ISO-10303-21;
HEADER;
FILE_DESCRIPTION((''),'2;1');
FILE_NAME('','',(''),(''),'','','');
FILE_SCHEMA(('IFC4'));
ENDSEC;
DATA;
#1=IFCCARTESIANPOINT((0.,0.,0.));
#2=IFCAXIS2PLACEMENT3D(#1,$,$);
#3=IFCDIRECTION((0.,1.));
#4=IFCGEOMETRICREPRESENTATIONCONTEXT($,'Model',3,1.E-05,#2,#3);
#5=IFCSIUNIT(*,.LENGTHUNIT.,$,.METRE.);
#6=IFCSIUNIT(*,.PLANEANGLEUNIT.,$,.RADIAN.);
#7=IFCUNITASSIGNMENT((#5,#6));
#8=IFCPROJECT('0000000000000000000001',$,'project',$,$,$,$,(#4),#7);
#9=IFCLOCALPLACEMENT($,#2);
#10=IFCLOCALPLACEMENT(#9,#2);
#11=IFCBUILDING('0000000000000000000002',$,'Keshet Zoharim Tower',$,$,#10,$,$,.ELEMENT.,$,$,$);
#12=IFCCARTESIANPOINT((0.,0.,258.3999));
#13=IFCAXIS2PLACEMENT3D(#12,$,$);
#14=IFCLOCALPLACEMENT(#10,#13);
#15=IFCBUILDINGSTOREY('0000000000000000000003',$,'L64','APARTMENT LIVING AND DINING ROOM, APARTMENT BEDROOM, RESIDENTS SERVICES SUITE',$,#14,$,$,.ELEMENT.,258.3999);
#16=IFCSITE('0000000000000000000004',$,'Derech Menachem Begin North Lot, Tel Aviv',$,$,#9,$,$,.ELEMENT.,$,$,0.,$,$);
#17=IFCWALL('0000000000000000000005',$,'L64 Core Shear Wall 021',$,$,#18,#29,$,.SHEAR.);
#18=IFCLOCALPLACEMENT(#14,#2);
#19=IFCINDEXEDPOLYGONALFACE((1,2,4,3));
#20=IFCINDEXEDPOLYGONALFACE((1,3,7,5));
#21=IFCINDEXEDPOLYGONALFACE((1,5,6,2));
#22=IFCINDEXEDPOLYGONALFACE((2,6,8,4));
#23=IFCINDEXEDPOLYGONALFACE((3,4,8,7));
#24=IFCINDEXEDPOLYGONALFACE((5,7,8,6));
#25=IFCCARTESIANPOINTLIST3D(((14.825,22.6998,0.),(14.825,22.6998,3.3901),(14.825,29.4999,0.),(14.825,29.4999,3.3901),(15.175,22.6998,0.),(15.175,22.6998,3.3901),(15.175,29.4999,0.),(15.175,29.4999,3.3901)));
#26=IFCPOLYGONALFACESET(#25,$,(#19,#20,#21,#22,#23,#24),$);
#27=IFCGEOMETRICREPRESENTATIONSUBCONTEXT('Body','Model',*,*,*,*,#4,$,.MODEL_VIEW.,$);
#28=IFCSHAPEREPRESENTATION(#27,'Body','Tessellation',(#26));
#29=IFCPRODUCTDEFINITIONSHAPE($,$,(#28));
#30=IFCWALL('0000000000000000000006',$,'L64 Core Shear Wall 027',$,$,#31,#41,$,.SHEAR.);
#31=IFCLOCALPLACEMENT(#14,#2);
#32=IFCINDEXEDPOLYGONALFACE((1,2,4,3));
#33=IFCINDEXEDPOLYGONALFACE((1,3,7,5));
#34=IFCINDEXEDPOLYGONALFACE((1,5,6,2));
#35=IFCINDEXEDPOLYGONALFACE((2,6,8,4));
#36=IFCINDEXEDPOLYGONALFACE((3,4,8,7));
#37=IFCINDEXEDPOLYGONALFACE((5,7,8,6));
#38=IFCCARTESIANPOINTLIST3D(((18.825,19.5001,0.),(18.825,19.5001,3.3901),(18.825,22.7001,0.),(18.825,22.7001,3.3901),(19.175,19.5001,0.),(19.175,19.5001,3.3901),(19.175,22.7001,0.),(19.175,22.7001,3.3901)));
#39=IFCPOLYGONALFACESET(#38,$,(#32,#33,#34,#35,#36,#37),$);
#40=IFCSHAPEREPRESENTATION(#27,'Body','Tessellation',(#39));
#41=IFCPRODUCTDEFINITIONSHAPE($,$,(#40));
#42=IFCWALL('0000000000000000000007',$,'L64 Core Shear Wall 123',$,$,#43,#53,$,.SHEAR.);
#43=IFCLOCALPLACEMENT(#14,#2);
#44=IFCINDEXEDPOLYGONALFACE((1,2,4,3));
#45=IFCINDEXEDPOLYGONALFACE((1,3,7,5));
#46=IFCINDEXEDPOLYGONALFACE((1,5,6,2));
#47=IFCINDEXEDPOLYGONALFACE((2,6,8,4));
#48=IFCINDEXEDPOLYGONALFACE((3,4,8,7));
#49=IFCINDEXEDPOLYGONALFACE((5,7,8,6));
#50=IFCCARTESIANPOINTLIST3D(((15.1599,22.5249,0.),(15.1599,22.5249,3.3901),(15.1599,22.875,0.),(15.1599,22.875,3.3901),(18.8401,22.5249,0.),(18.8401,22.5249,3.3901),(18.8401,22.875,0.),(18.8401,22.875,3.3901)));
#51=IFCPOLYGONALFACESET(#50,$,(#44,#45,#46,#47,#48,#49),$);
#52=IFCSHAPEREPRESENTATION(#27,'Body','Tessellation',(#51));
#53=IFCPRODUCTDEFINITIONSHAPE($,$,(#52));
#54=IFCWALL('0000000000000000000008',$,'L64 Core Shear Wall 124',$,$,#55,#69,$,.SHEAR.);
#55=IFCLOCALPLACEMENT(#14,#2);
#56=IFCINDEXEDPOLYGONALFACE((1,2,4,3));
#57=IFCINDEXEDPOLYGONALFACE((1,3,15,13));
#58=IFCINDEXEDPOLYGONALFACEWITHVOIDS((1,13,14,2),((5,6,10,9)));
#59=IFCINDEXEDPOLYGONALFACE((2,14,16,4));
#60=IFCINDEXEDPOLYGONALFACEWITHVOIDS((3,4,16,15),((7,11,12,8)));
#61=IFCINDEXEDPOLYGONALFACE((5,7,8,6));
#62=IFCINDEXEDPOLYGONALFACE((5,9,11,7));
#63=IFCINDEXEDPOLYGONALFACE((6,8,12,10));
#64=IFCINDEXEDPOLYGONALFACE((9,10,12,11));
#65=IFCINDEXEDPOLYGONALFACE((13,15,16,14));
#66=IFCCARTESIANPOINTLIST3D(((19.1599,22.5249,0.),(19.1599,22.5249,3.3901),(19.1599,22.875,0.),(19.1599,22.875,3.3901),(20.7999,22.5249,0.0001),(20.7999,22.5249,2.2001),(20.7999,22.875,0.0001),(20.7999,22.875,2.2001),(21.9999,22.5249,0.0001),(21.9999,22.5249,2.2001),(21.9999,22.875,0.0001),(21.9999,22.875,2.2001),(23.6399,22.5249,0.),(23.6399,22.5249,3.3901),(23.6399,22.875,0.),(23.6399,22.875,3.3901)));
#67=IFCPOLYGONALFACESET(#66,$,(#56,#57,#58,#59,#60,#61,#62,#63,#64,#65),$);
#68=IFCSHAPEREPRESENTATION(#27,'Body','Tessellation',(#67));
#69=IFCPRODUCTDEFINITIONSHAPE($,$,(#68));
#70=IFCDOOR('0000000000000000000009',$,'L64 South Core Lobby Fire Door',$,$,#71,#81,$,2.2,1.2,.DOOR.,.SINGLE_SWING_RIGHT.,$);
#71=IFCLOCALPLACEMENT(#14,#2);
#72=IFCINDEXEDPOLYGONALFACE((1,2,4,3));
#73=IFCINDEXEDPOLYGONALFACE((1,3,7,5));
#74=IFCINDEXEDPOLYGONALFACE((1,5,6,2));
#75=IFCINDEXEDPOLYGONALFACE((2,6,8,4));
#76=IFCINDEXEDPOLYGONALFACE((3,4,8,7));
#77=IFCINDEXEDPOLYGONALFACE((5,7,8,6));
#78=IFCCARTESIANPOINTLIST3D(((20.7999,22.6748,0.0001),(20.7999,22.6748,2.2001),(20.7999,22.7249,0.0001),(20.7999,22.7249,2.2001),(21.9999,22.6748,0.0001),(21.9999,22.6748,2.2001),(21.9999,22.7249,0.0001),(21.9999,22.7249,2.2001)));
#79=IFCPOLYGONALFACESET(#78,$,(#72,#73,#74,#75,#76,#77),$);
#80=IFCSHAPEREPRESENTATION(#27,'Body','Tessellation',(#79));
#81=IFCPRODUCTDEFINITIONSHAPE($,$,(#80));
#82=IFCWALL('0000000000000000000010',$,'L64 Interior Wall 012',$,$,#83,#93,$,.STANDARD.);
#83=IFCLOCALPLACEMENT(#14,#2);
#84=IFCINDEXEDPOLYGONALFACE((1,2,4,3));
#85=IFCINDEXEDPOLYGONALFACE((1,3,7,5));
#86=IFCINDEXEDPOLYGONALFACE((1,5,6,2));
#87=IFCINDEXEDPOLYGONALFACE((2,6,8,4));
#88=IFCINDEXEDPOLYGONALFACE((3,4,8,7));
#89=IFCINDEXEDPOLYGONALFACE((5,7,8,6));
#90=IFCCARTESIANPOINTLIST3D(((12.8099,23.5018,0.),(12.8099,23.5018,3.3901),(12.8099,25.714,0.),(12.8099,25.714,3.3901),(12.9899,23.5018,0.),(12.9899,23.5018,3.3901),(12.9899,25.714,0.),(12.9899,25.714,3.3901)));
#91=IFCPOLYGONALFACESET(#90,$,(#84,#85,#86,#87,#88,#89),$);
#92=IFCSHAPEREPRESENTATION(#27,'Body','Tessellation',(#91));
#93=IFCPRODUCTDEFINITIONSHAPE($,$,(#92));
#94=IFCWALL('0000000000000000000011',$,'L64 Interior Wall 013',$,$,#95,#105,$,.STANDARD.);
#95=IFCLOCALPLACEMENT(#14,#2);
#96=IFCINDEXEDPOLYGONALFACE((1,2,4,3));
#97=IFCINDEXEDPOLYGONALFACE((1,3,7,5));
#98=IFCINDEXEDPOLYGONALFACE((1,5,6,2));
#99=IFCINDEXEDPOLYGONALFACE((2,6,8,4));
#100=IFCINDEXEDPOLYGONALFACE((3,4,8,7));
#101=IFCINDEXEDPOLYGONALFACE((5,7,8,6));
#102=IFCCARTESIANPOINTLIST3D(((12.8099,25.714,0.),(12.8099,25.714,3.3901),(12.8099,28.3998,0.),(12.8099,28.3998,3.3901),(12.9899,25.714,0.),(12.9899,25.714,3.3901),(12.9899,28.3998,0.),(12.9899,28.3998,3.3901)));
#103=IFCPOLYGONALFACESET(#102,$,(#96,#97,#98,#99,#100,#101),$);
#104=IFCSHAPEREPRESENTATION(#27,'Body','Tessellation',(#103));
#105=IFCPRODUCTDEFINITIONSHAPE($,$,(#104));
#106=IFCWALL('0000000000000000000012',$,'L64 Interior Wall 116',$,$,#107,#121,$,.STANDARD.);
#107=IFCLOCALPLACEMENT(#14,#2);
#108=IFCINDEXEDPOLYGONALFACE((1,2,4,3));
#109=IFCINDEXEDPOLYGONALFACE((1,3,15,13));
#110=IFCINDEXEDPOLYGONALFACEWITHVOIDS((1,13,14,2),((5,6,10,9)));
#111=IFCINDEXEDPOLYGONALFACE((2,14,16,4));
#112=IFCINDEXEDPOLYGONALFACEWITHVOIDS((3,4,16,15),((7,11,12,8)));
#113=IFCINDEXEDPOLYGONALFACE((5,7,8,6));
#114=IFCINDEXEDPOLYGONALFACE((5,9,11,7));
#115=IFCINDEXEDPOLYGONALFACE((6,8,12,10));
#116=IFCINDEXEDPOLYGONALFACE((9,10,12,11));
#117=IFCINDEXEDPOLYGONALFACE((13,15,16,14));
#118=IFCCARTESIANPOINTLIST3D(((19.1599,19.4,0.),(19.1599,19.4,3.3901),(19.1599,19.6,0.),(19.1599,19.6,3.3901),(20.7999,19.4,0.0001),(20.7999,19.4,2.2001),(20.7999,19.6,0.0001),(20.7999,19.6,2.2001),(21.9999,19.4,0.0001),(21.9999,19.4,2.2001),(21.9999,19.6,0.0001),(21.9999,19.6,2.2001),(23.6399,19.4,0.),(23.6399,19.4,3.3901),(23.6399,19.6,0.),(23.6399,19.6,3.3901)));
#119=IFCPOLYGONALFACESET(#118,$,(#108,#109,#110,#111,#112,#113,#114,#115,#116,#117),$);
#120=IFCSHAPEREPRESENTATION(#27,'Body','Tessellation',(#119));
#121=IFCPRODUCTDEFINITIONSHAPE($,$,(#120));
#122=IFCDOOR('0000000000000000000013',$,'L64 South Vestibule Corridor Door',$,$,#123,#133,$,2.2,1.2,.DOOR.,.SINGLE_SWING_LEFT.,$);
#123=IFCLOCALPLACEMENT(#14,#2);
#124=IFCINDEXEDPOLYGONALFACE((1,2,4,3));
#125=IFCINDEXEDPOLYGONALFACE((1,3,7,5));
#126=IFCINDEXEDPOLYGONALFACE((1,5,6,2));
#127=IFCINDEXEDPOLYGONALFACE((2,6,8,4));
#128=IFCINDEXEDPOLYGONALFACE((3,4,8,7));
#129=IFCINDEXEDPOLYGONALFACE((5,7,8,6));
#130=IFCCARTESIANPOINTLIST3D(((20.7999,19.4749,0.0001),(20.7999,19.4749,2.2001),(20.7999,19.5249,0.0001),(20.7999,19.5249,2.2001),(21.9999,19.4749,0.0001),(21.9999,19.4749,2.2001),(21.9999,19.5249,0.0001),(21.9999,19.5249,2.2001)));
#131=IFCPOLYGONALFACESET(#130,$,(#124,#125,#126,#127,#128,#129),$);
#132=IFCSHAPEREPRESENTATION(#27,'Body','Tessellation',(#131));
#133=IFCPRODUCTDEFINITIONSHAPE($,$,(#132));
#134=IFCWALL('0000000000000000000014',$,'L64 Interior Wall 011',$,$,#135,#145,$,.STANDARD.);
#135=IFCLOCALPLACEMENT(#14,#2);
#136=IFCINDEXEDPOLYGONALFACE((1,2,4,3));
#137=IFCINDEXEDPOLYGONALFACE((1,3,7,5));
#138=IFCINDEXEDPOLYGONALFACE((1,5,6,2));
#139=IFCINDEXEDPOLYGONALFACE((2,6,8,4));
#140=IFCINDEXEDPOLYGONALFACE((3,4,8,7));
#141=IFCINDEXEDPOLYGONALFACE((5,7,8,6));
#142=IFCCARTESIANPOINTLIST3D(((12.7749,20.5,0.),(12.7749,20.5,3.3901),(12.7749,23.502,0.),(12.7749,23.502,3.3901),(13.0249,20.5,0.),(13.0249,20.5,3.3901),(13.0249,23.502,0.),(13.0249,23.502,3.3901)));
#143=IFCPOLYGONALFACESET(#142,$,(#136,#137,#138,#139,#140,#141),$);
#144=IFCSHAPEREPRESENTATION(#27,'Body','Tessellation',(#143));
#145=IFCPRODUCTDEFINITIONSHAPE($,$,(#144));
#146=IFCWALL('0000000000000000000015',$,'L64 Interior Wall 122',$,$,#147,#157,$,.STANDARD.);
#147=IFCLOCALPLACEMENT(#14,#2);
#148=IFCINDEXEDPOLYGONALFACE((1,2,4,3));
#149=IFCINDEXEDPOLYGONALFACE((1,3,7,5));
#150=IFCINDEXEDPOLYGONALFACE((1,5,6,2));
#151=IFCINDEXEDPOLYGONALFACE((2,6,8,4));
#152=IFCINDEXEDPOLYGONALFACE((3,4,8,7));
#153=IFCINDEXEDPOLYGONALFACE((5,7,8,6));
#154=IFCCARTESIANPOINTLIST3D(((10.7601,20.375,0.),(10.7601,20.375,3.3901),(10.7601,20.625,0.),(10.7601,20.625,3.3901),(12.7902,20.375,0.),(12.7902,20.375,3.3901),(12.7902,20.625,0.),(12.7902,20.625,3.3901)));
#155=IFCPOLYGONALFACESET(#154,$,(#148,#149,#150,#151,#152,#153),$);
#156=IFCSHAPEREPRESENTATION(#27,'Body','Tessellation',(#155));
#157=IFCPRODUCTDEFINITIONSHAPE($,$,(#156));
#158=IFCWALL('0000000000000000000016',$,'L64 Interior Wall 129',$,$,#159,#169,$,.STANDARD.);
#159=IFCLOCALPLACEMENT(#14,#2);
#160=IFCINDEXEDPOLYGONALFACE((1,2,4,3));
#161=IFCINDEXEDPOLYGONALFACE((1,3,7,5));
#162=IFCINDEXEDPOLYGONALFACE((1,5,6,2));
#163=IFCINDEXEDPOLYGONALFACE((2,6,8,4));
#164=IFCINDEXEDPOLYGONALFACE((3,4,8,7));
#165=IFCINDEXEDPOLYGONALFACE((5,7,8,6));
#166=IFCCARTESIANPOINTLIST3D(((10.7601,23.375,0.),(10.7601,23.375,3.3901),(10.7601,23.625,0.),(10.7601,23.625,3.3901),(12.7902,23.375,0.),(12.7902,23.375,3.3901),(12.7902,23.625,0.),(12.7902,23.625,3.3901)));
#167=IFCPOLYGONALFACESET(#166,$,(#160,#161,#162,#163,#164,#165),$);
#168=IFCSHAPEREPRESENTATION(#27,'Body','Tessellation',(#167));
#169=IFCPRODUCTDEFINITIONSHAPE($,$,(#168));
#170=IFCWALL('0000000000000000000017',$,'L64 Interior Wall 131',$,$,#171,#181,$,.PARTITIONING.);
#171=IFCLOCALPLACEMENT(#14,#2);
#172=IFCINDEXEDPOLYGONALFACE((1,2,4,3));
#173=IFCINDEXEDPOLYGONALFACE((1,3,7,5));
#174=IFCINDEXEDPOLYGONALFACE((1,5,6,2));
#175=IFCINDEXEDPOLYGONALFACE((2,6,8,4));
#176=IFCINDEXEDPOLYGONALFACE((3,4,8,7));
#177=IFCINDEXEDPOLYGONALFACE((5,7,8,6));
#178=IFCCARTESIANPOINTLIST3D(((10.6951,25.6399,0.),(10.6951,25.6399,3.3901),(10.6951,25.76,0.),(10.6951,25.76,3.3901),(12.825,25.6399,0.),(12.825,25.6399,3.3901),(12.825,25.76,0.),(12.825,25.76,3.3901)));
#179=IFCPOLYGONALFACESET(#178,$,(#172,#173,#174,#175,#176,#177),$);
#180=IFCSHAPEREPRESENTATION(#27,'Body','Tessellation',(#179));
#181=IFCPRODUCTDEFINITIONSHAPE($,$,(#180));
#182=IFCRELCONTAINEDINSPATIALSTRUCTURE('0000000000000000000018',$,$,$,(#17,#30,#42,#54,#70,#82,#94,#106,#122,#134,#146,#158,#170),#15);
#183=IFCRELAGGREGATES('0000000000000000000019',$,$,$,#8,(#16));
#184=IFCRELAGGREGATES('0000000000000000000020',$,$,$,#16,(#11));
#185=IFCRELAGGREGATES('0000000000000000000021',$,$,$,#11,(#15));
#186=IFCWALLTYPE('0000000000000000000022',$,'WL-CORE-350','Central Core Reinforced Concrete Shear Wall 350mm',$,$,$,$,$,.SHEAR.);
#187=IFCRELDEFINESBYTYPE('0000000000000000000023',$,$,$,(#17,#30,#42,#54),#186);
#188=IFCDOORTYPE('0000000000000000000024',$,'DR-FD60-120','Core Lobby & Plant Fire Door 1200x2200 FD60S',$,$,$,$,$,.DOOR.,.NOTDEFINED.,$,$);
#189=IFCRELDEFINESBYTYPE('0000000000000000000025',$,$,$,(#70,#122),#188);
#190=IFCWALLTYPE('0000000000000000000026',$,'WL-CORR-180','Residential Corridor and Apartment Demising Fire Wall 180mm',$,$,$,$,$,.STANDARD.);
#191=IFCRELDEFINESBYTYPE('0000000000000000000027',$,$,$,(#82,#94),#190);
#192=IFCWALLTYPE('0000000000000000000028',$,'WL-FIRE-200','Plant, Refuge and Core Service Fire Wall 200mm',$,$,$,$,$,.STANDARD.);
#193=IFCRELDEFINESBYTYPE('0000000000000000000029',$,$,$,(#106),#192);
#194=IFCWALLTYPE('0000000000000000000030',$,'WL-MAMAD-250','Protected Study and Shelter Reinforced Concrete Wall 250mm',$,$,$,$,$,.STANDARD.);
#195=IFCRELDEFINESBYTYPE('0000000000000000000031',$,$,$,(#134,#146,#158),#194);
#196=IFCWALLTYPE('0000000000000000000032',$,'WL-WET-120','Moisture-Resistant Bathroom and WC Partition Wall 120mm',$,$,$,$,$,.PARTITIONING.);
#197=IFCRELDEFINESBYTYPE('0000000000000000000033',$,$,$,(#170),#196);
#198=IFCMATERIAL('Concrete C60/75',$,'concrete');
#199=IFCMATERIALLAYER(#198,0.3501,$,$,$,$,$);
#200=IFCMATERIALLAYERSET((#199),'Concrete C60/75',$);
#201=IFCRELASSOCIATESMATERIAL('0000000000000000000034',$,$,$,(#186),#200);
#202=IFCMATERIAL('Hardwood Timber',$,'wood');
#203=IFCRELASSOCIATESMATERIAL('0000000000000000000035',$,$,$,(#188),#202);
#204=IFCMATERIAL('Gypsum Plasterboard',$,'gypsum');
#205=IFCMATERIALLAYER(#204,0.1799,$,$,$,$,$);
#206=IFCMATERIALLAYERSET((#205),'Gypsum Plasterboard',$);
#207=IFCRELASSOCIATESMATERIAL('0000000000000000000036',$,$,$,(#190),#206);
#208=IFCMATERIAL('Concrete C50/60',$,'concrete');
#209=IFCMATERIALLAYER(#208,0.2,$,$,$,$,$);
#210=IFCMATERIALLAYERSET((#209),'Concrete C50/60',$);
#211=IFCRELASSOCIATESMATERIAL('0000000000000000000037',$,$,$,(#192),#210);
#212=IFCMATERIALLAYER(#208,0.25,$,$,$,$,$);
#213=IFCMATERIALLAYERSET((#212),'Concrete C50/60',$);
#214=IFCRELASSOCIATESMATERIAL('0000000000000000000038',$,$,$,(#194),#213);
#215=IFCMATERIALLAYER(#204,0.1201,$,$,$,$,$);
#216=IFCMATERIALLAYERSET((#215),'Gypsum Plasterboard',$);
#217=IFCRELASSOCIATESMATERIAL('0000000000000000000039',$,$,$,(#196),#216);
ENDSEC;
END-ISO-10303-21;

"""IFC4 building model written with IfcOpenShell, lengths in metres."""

from ifc_helpers import new_model, si_unit, direction, frame, frame_2d, origin, place, context, subcontext, project, spatial, rectangle, extrude, material, layer, layer_set, type_object, element, fill, save


model = new_model("IFC4")

# Units and contexts
model_context = context("Model", 3, precision=1e-05, world=origin(), true_north=direction((0.0, 1.0)))
body_context = subcontext(model_context, "Body", "Model", "MODEL_VIEW")
ifc_project = project(units=[si_unit("LENGTHUNIT", "METRE"), si_unit("PLANEANGLEUNIT", "RADIAN")], contexts=[model_context])

# Site, building, storey
site_placement = place(None, origin())
site = spatial("IfcSite", under=ifc_project, at=site_placement, Name="Derech Menachem Begin North Lot, Tel Aviv", CompositionType="ELEMENT", RefElevation=0.0)
building_placement = place(site_placement, origin())
building = spatial("IfcBuilding", under=site, at=building_placement, Name="Keshet Zoharim Tower", CompositionType="ELEMENT")
storey_placement = place(building_placement, frame((0.0, 0.0, 258.3999)))
storey = spatial("IfcBuildingStorey", under=building, at=storey_placement, Name="L64", Description="APARTMENT LIVING AND DINING ROOM, APARTMENT BEDROOM, RESIDENTS SERVICES SUITE", CompositionType="ELEMENT", Elevation=258.3999)

# Shared definitions
ifc_material_1 = material(Name="Concrete C50/60", Category="concrete")

# Walls
ifc_material_2 = material(Name="Concrete C60/75", Category="concrete")
ifc_layer_1 = layer(ifc_material_2, 0.3501)
ifc_layer_set_1 = layer_set([ifc_layer_1], Name="Concrete C60/75")
wall_type_1 = type_object("IfcWallType", Name="WL-CORE-350", Description="Central Core Reinforced Concrete Shear Wall 350mm", PredefinedType="SHEAR", material=ifc_layer_set_1)
wall_1_placement = place(storey_placement, frame((15.0, 22.7, 0.0), z_axis=(0.0, 0.0, 1.0), x_axis=(0.0, 1.0, 0.0)))
element("IfcWall", 1, at=wall_1_placement, inside=storey, type_object=wall_type_1, Name="L64 Core Shear Wall 021", PredefinedType="SHEAR", context=body_context, shape_type="SweptSolid", body=[
    extrude(rectangle(XDim=6.8, YDim=0.3501, at=frame_2d((3.3999, 0.0))), origin(), (0.0, 0.0, 1.0), 3.3901),
])
wall_2_placement = place(storey_placement, frame((19.0, 19.5, 0.0), z_axis=(0.0, 0.0, 1.0), x_axis=(0.0, 1.0, 0.0)))
element("IfcWall", 2, at=wall_2_placement, inside=storey, type_object=wall_type_1, Name="L64 Core Shear Wall 027", PredefinedType="SHEAR", context=body_context, shape_type="SweptSolid", body=[
    extrude(rectangle(XDim=3.2, YDim=0.3501, at=frame_2d((1.6001, 0.0))), origin(), (0.0, 0.0, 1.0), 3.3901),
])

# Shared definitions
ifc_material_3 = material(Name="Hardwood Timber", Category="wood")

# Wall
wall_3_placement = place(storey_placement, frame((15.1599, 22.7, 0.0), z_axis=(0.0, 0.0, 1.0), x_axis=(1.0, 0.0, 0.0)))
element("IfcWall", 3, at=wall_3_placement, inside=storey, type_object=wall_type_1, Name="L64 Core Shear Wall 123", PredefinedType="SHEAR", context=body_context, shape_type="SweptSolid", body=[
    extrude(rectangle(XDim=3.6802, YDim=0.3501, at=frame_2d((1.8401, 0.0))), origin(), (0.0, 0.0, 1.0), 3.3901),
])

# Wall, opening, door
wall_4_placement = place(storey_placement, frame((19.1599, 22.7, 0.0), z_axis=(0.0, 0.0, 1.0), x_axis=(1.0, 0.0, 0.0)))
wall_4 = element("IfcWall", 4, at=wall_4_placement, inside=storey, type_object=wall_type_1, Name="L64 Core Shear Wall 124", PredefinedType="SHEAR", context=body_context, shape_type="SweptSolid", body=[
    extrude(rectangle(XDim=4.48, YDim=0.3501, at=frame_2d((2.24, 0.0))), origin(), (0.0, 0.0, 1.0), 3.3901),
])
opening_1_placement = place(wall_4_placement, frame((1.6399, 0.0, 0.0)))
opening_1 = element("IfcOpeningElement", 5, at=opening_1_placement, cuts=wall_4, PredefinedType="OPENING", context=body_context, shape_type="SweptSolid", body=[
    extrude(rectangle(XDim=1.2, YDim=2.2, at=frame_2d((0.6001, 1.1001))), frame((0.0, 0.1851, 0.0), z_axis=(0.0, -1.0, 0.0), x_axis=(1.0, 0.0, 0.0)), (0.0, 0.0, 1.0), 0.3701),
])
door_type_1 = type_object("IfcDoorType", Name="DR-FD60-120", Description="Core Lobby & Plant Fire Door 1200x2200 FD60S", OperationType="NOTDEFINED", PredefinedType="DOOR", material=ifc_material_3)
door_1_placement = place(opening_1_placement, origin())
door_1 = element("IfcDoor", 6, at=door_1_placement, inside=storey, type_object=door_type_1, Name="L64 South Core Lobby Fire Door", OperationType="SINGLE_SWING_RIGHT", OverallHeight=2.2, OverallWidth=1.2, PredefinedType="DOOR", context=body_context, shape_type="SweptSolid", body=[
    extrude(rectangle(XDim=1.2, YDim=2.2, at=frame_2d((0.6001, 1.1001))), frame((0.0, 0.0249, 0.0), z_axis=(0.0, -1.0, 0.0), x_axis=(1.0, 0.0, 0.0)), (0.0, 0.0, 1.0), 0.05),
])
fill(opening_1, door_1)

# Walls
ifc_material_4 = material(Name="Gypsum Plasterboard", Category="gypsum")
ifc_layer_2 = layer(ifc_material_4, 0.1799)
ifc_layer_set_2 = layer_set([ifc_layer_2], Name="Gypsum Plasterboard")
wall_type_2 = type_object("IfcWallType", Name="WL-CORR-180", Description="Residential Corridor and Apartment Demising Fire Wall 180mm", PredefinedType="STANDARD", material=ifc_layer_set_2)
wall_5_placement = place(storey_placement, frame((12.8999, 23.502, 0.0), z_axis=(0.0, 0.0, 1.0), x_axis=(0.0, 1.0, 0.0)))
element("IfcWall", 7, at=wall_5_placement, inside=storey, type_object=wall_type_2, Name="L64 Interior Wall 012", PredefinedType="STANDARD", context=body_context, shape_type="SweptSolid", body=[
    extrude(rectangle(XDim=2.2122, YDim=0.1799, at=frame_2d((1.106, 0.0))), origin(), (0.0, 0.0, 1.0), 3.3901),
])
wall_6_placement = place(storey_placement, frame((12.8999, 25.7141, 0.0), z_axis=(0.0, 0.0, 1.0), x_axis=(0.0, 1.0, 0.0)))
element("IfcWall", 8, at=wall_6_placement, inside=storey, type_object=wall_type_2, Name="L64 Interior Wall 013", PredefinedType="STANDARD", context=body_context, shape_type="SweptSolid", body=[
    extrude(rectangle(XDim=2.6858, YDim=0.1799, at=frame_2d((1.3428, 0.0))), origin(), (0.0, 0.0, 1.0), 3.3901),
])

# Wall, opening, door
ifc_layer_3 = layer(ifc_material_1, 0.2)
ifc_layer_set_3 = layer_set([ifc_layer_3], Name="Concrete C50/60")
wall_type_3 = type_object("IfcWallType", Name="WL-FIRE-200", Description="Plant, Refuge and Core Service Fire Wall 200mm", PredefinedType="STANDARD", material=ifc_layer_set_3)
wall_7_placement = place(storey_placement, frame((19.1599, 19.5, 0.0), z_axis=(0.0, 0.0, 1.0), x_axis=(1.0, 0.0, 0.0)))
wall_7 = element("IfcWall", 9, at=wall_7_placement, inside=storey, type_object=wall_type_3, Name="L64 Interior Wall 116", PredefinedType="STANDARD", context=body_context, shape_type="SweptSolid", body=[
    extrude(rectangle(XDim=4.48, YDim=0.2, at=frame_2d((2.24, 0.0))), origin(), (0.0, 0.0, 1.0), 3.3901),
])
opening_2_placement = place(wall_7_placement, frame((1.6399, 0.0, 0.0)))
opening_2 = element("IfcOpeningElement", 10, at=opening_2_placement, cuts=wall_7, PredefinedType="OPENING", context=body_context, shape_type="SweptSolid", body=[
    extrude(rectangle(XDim=1.2, YDim=2.2, at=frame_2d((0.6001, 1.1001))), frame((0.0, 0.1099, 0.0), z_axis=(0.0, -1.0, 0.0), x_axis=(1.0, 0.0, 0.0)), (0.0, 0.0, 1.0), 0.22),
])
door_2_placement = place(opening_2_placement, origin())
door_2 = element("IfcDoor", 11, at=door_2_placement, inside=storey, type_object=door_type_1, Name="L64 South Vestibule Corridor Door", OperationType="SINGLE_SWING_LEFT", OverallHeight=2.2, OverallWidth=1.2, PredefinedType="DOOR", context=body_context, shape_type="SweptSolid", body=[
    extrude(rectangle(XDim=1.2, YDim=2.2, at=frame_2d((0.6001, 1.1001))), frame((0.0, 0.0249, 0.0), z_axis=(0.0, -1.0, 0.0), x_axis=(1.0, 0.0, 0.0)), (0.0, 0.0, 1.0), 0.05),
])
fill(opening_2, door_2)

# Walls
ifc_layer_4 = layer(ifc_material_1, 0.25)
ifc_layer_set_4 = layer_set([ifc_layer_4], Name="Concrete C50/60")
wall_type_4 = type_object("IfcWallType", Name="WL-MAMAD-250", Description="Protected Study and Shelter Reinforced Concrete Wall 250mm", PredefinedType="STANDARD", material=ifc_layer_set_4)
wall_8_placement = place(storey_placement, frame((12.8999, 20.5, 0.0), z_axis=(0.0, 0.0, 1.0), x_axis=(0.0, 1.0, 0.0)))
element("IfcWall", 12, at=wall_8_placement, inside=storey, type_object=wall_type_4, Name="L64 Interior Wall 011", PredefinedType="STANDARD", context=body_context, shape_type="SweptSolid", body=[
    extrude(rectangle(XDim=3.002, YDim=0.25, at=frame_2d((1.501, 0.0))), origin(), (0.0, 0.0, 1.0), 3.3901),
])
for number, where, z_axis, x_axis, name in (
    (13, (10.76, 20.5, 0.0), (0.0, 0.0, 1.0), (1.0, 0.0, 0.0), "L64 Interior Wall 122"),
    (14, (10.76, 23.5, 0.0), (0.0, 0.0, 1.0), (1.0, 0.0, 0.0), "L64 Interior Wall 129"),
):
    element("IfcWall", number, at=place(storey_placement, frame(where, z_axis=z_axis, x_axis=x_axis)), inside=storey, type_object=wall_type_4, Name=name, PredefinedType="STANDARD", context=body_context, shape_type="SweptSolid", body=[
        extrude(rectangle(XDim=2.03, YDim=0.25, at=frame_2d((1.0151, 0.0))), origin(), (0.0, 0.0, 1.0), 3.3901),
    ])
ifc_layer_5 = layer(ifc_material_4, 0.1201)
ifc_layer_set_5 = layer_set([ifc_layer_5], Name="Gypsum Plasterboard")
wall_type_5 = type_object("IfcWallType", Name="WL-WET-120", Description="Moisture-Resistant Bathroom and WC Partition Wall 120mm", PredefinedType="PARTITIONING", material=ifc_layer_set_5)
wall_9_placement = place(storey_placement, frame((10.6951, 25.7, 0.0), z_axis=(0.0, 0.0, 1.0), x_axis=(1.0, 0.0, 0.0)))
element("IfcWall", 15, at=wall_9_placement, inside=storey, type_object=wall_type_5, Name="L64 Interior Wall 131", PredefinedType="PARTITIONING", context=body_context, shape_type="SweptSolid", body=[
    extrude(rectangle(XDim=2.1299, YDim=0.1201, at=frame_2d((1.0649, 0.0))), origin(), (0.0, 0.0, 1.0), 3.3901),
])

save(model, "model.ifc")
